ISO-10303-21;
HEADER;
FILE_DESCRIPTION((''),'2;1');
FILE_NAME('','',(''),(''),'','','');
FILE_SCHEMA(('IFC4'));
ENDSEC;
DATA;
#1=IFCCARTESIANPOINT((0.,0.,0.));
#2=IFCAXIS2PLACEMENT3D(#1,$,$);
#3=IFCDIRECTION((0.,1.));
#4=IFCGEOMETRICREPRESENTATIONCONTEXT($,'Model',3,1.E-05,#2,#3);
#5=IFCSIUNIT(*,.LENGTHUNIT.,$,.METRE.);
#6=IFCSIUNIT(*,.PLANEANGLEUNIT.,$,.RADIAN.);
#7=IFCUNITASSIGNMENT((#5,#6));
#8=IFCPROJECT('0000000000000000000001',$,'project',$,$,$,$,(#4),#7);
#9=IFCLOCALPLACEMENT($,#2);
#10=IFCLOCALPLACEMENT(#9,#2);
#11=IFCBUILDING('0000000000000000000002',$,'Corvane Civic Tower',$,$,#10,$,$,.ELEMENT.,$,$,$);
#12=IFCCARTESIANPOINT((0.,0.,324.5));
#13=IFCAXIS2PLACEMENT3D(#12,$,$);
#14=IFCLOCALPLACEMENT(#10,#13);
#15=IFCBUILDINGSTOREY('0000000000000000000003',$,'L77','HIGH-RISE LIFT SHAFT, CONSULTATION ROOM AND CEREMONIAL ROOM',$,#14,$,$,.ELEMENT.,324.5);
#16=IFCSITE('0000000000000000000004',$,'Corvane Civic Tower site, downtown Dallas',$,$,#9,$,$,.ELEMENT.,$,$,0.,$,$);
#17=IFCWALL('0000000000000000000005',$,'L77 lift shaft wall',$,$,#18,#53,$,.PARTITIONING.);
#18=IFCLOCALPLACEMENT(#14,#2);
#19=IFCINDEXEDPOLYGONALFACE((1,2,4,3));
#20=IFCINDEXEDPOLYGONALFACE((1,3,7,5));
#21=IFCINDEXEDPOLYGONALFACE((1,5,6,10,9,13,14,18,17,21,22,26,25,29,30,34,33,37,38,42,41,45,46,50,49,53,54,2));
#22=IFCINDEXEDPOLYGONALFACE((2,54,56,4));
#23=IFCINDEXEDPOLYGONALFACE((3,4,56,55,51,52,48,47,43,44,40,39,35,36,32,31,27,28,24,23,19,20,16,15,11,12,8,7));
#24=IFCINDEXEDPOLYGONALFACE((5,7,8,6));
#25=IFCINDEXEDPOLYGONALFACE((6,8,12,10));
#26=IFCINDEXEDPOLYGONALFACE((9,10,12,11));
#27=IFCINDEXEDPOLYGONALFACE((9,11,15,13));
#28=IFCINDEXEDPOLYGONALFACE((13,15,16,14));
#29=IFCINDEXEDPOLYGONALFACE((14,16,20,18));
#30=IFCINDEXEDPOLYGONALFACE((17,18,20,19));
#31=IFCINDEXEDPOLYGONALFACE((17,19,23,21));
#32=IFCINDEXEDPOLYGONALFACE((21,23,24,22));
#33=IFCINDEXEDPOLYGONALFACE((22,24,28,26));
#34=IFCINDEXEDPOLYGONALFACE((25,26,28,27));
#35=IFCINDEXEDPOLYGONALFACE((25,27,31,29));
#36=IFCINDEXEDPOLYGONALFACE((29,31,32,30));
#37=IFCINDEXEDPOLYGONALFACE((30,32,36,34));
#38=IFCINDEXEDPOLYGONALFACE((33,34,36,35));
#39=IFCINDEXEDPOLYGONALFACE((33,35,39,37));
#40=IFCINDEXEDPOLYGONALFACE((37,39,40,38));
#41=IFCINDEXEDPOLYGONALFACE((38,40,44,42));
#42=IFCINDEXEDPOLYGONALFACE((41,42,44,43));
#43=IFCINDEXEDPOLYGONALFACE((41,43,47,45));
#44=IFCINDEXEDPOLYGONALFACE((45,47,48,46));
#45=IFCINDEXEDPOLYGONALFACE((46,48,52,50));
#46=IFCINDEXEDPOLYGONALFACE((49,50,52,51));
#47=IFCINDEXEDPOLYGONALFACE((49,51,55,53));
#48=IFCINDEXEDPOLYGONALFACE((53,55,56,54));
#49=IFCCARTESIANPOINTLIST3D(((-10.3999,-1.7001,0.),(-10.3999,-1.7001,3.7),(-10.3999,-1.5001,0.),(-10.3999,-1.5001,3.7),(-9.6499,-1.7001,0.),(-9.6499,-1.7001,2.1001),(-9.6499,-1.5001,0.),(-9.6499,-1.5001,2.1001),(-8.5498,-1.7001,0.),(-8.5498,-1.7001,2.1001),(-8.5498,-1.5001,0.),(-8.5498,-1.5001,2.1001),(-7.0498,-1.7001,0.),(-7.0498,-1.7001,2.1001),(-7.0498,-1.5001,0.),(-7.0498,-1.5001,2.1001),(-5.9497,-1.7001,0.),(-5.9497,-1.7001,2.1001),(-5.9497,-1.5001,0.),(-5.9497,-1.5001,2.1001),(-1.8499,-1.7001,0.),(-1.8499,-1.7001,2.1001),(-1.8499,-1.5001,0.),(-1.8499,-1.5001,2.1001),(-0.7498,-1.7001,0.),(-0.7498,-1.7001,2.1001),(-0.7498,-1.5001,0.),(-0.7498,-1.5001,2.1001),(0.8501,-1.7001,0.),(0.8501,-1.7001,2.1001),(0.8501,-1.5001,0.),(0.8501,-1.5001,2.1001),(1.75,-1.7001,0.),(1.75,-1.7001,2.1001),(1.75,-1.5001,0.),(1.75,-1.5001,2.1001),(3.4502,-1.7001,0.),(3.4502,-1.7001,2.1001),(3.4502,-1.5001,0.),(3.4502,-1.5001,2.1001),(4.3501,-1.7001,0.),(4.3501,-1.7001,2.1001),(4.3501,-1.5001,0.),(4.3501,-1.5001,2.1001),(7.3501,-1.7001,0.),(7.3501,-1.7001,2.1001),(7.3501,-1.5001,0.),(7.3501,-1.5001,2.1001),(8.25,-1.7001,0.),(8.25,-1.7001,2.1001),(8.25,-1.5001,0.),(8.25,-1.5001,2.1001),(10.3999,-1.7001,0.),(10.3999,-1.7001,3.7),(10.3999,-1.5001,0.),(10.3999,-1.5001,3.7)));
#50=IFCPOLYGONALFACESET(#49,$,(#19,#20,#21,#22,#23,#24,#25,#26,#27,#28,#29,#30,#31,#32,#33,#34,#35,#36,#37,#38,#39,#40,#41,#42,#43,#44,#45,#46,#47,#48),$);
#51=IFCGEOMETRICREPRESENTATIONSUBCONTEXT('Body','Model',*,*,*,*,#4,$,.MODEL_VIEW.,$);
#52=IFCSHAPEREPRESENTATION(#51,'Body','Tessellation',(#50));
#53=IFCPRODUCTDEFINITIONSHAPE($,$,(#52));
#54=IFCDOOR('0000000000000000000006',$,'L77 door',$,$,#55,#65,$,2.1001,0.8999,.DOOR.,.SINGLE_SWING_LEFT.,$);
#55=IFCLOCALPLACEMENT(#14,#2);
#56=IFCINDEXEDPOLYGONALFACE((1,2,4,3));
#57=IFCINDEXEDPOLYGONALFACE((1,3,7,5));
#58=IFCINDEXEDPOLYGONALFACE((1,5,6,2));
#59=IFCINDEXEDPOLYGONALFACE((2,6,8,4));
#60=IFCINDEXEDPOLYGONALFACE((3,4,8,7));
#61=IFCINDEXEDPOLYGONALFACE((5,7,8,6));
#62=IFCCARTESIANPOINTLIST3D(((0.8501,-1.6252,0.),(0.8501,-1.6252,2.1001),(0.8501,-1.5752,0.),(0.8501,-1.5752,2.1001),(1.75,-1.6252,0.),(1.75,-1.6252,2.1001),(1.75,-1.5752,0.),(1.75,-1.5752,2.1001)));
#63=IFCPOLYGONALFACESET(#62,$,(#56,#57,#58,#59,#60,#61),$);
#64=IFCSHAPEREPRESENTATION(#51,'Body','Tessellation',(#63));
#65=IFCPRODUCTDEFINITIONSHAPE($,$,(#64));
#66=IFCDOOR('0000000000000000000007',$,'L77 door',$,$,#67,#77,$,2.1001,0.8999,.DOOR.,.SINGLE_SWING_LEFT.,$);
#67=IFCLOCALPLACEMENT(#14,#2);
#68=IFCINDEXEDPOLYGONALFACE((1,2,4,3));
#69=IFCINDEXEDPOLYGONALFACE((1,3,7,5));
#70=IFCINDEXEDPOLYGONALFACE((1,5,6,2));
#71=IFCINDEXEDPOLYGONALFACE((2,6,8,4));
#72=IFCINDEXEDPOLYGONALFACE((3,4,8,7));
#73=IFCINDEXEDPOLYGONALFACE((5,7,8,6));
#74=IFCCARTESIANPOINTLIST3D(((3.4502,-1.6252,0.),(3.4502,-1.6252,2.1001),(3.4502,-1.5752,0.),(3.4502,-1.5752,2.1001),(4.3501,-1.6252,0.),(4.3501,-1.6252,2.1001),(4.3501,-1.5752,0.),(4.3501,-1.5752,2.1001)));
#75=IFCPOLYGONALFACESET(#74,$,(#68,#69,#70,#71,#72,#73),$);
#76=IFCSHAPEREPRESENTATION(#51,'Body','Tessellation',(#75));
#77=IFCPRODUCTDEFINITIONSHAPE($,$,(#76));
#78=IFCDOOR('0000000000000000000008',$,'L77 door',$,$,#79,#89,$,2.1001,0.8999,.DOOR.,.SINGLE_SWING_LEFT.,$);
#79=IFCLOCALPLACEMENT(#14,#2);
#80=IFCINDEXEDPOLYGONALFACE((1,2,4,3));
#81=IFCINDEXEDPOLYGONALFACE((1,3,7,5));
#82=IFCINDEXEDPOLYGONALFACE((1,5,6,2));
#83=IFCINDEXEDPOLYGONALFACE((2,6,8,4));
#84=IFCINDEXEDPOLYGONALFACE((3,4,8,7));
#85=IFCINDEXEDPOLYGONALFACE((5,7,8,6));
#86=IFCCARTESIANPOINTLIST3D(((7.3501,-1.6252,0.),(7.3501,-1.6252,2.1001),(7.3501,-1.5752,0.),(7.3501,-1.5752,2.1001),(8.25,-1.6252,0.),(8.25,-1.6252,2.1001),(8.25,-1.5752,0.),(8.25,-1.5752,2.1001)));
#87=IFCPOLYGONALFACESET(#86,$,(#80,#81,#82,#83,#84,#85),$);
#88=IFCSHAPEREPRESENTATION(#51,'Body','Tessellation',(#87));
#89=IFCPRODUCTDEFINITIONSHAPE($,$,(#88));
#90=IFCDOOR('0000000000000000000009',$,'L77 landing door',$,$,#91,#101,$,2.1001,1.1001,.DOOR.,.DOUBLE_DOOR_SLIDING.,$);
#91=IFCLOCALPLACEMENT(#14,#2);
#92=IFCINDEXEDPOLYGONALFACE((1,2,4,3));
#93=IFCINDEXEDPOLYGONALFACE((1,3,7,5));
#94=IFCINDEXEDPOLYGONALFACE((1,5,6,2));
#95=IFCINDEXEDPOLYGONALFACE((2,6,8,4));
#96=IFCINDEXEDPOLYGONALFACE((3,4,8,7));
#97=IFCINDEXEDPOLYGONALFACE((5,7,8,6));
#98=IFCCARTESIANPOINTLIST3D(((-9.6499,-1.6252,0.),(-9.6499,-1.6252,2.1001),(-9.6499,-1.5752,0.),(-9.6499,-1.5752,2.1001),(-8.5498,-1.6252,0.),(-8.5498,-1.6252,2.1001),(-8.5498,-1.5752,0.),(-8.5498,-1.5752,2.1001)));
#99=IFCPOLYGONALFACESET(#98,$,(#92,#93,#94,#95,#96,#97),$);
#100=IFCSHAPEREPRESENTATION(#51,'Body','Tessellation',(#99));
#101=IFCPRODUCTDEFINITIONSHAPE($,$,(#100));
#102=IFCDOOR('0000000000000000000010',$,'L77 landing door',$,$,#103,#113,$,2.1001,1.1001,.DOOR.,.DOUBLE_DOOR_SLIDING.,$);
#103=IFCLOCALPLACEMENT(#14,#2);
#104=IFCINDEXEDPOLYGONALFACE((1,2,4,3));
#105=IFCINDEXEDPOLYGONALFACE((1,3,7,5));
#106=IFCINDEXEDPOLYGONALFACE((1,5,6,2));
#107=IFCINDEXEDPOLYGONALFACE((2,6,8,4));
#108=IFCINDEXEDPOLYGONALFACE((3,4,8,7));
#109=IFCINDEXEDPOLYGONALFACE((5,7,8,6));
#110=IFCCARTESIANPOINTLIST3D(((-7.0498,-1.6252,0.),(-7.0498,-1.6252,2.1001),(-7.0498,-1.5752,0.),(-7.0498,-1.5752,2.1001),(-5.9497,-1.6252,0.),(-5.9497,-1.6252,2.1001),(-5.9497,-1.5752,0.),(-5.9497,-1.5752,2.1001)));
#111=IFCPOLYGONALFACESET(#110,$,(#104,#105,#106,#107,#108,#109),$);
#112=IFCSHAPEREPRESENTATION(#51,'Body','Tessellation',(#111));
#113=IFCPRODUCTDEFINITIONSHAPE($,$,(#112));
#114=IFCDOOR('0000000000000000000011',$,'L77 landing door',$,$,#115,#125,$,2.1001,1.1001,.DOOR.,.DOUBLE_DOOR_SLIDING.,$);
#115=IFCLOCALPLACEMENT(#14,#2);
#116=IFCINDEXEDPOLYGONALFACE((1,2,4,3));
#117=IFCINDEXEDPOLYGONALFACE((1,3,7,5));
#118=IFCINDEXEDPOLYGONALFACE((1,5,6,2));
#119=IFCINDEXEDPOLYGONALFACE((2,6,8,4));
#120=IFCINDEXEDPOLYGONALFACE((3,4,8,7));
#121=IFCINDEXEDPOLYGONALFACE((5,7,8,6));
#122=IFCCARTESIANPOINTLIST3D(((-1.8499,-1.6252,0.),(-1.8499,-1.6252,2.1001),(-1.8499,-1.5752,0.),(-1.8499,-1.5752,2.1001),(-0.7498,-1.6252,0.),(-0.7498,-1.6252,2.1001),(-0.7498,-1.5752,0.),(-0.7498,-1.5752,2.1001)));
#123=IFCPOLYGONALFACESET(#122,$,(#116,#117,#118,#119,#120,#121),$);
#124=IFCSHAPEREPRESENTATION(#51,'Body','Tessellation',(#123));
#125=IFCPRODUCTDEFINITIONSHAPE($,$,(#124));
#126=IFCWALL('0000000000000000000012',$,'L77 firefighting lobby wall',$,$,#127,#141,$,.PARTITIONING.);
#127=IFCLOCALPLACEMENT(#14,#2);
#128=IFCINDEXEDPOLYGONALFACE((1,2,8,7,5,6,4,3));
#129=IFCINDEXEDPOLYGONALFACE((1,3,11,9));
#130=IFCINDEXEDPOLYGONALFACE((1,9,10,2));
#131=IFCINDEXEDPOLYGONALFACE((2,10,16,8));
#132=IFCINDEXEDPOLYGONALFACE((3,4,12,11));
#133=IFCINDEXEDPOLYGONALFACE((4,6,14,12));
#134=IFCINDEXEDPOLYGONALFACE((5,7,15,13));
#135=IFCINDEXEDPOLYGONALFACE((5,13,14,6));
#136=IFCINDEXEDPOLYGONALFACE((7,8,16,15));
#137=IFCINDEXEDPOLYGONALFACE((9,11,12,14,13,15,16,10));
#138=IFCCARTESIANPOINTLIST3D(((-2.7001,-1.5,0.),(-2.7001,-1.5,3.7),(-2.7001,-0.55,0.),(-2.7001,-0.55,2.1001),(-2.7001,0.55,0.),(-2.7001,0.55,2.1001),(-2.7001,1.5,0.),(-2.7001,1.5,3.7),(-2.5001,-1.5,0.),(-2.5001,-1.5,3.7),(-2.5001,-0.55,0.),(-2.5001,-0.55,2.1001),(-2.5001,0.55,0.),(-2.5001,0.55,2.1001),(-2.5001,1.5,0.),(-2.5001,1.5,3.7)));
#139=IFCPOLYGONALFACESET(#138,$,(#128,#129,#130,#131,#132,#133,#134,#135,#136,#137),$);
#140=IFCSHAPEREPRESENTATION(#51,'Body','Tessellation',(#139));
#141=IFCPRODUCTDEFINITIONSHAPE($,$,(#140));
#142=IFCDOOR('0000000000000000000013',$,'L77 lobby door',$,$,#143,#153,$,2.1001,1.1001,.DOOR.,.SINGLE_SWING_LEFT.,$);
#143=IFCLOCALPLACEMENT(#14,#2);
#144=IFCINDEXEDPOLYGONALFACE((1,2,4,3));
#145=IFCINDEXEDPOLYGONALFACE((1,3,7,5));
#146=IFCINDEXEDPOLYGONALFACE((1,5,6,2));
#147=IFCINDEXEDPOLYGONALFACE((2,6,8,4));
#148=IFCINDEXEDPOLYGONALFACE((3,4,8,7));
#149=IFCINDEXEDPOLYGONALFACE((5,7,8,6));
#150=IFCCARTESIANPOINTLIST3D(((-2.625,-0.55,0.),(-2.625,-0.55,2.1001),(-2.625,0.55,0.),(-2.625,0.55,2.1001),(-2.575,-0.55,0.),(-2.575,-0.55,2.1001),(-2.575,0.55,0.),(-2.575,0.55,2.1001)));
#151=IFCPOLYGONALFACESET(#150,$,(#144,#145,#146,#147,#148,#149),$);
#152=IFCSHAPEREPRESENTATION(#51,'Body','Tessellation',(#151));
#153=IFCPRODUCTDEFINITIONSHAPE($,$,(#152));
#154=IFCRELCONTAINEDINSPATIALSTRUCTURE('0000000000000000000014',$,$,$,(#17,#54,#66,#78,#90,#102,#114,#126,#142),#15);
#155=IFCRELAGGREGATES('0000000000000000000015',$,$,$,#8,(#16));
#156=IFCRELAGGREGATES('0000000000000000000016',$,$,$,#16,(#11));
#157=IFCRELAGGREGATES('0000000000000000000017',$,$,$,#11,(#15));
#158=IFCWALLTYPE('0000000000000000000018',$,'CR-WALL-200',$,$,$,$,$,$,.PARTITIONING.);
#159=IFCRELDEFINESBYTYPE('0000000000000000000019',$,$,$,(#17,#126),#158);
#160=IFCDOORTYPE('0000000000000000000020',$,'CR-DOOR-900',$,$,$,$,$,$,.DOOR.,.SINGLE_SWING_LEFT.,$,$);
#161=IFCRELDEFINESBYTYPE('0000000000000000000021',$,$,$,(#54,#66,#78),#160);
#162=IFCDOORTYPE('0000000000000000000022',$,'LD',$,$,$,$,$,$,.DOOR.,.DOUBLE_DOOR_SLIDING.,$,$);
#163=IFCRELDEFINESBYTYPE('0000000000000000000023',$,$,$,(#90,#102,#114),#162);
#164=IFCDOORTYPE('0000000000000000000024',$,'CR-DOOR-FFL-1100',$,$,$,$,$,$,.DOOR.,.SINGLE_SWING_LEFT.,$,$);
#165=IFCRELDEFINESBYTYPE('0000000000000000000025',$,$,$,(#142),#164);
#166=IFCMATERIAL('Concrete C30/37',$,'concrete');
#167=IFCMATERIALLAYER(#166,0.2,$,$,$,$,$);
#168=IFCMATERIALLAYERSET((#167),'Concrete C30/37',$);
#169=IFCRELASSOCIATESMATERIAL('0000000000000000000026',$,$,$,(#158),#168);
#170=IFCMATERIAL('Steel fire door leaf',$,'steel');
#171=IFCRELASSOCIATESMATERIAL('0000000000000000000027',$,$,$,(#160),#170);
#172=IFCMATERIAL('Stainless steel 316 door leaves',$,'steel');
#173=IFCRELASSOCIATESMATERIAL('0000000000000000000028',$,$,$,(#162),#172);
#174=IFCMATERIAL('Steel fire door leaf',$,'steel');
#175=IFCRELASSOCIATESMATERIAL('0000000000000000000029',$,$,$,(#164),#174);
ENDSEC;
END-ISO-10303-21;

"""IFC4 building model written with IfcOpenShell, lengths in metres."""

from ifc_helpers import new_model, si_unit, direction, frame, frame_2d, origin, place, context, subcontext, project, spatial, rectangle, extrude, material, layer, layer_set, type_object, element, fill, save


model = new_model("IFC4")

# Units and contexts
model_context = context("Model", 3, precision=1e-05, world=origin(), true_north=direction((0.0, 1.0)))
body_context = subcontext(model_context, "Body", "Model", "MODEL_VIEW")
ifc_project = project(units=[si_unit("LENGTHUNIT", "METRE"), si_unit("PLANEANGLEUNIT", "RADIAN")], contexts=[model_context])

# Site, building, storey
site_placement = place(None, origin())
site = spatial("IfcSite", under=ifc_project, at=site_placement, Name="Corvane Civic Tower site, downtown Dallas", CompositionType="ELEMENT", RefElevation=0.0)
building_placement = place(site_placement, origin())
building = spatial("IfcBuilding", under=site, at=building_placement, Name="Corvane Civic Tower", CompositionType="ELEMENT")
storey_placement = place(building_placement, frame((0.0, 0.0, 324.5)))
storey = spatial("IfcBuildingStorey", under=building, at=storey_placement, Name="L77", Description="HIGH-RISE LIFT SHAFT, CONSULTATION ROOM AND CEREMONIAL ROOM", CompositionType="ELEMENT", Elevation=324.5)

# Shared definitions
ifc_material_1 = material(Name="Concrete C30/37", Category="concrete")
ifc_layer_1 = layer(ifc_material_1, 0.2)
ifc_layer_set_1 = layer_set([ifc_layer_1], Name="Concrete C30/37")
wall_type_1 = type_object("IfcWallType", Name="CR-WALL-200", PredefinedType="PARTITIONING", material=ifc_layer_set_1)
ifc_material_2 = material(Name="Steel fire door leaf", Category="steel")
door_type_1 = type_object("IfcDoorType", Name="CR-DOOR-900", OperationType="SINGLE_SWING_LEFT", PredefinedType="DOOR", material=ifc_material_2)

# Wall, openings, doors
wall_1_placement = place(storey_placement, frame((-10.3999, -1.6001, 0.0), z_axis=(0.0, 0.0, 1.0), x_axis=(1.0, 0.0, 0.0)))
wall_1 = element("IfcWall", 1, at=wall_1_placement, inside=storey, type_object=wall_type_1, Name="L77 lift shaft wall", PredefinedType="PARTITIONING", context=body_context, shape_type="SweptSolid", body=[
    extrude(rectangle(XDim=20.7998, YDim=0.2, at=frame_2d((10.3999, 0.0))), origin(), (0.0, 0.0, 1.0), 3.7),
])
opening_1_placement = place(wall_1_placement, frame((0.75, 0.0, 0.0)))
opening_1 = element("IfcOpeningElement", 2, at=opening_1_placement, cuts=wall_1, PredefinedType="OPENING", context=body_context, shape_type="SweptSolid", body=[
    extrude(rectangle(XDim=1.1001, YDim=2.1001, at=frame_2d((0.55, 1.05))), frame((0.0, 0.1099, 0.0), z_axis=(0.0, -1.0, 0.0), x_axis=(1.0, 0.0, 0.0)), (0.0, 0.0, 1.0), 0.22),
])
opening_2_placement = place(wall_1_placement, frame((3.3501, 0.0, 0.0)))
opening_2 = element("IfcOpeningElement", 3, at=opening_2_placement, cuts=wall_1, PredefinedType="OPENING", context=body_context, shape_type="SweptSolid", body=[
    extrude(rectangle(XDim=1.1001, YDim=2.1001, at=frame_2d((0.55, 1.05))), frame((0.0, 0.1099, 0.0), z_axis=(0.0, -1.0, 0.0), x_axis=(1.0, 0.0, 0.0)), (0.0, 0.0, 1.0), 0.22),
])
opening_3_placement = place(wall_1_placement, frame((8.55, 0.0, 0.0)))
opening_3 = element("IfcOpeningElement", 4, at=opening_3_placement, cuts=wall_1, PredefinedType="OPENING", context=body_context, shape_type="SweptSolid", body=[
    extrude(rectangle(XDim=1.1001, YDim=2.1001, at=frame_2d((0.55, 1.05))), frame((0.0, 0.1099, 0.0), z_axis=(0.0, -1.0, 0.0), x_axis=(1.0, 0.0, 0.0)), (0.0, 0.0, 1.0), 0.22),
])
opening_4_placement = place(wall_1_placement, frame((11.25, 0.0, 0.0)))
opening_4 = element("IfcOpeningElement", 5, at=opening_4_placement, cuts=wall_1, PredefinedType="OPENING", context=body_context, shape_type="SweptSolid", body=[
    extrude(rectangle(XDim=0.8999, YDim=2.1001, at=frame_2d((0.45, 1.05))), frame((0.0, 0.1099, 0.0), z_axis=(0.0, -1.0, 0.0), x_axis=(1.0, 0.0, 0.0)), (0.0, 0.0, 1.0), 0.22),
])
opening_5_placement = place(wall_1_placement, frame((13.8501, 0.0, 0.0)))
opening_5 = element("IfcOpeningElement", 6, at=opening_5_placement, cuts=wall_1, PredefinedType="OPENING", context=body_context, shape_type="SweptSolid", body=[
    extrude(rectangle(XDim=0.8999, YDim=2.1001, at=frame_2d((0.45, 1.05))), frame((0.0, 0.1099, 0.0), z_axis=(0.0, -1.0, 0.0), x_axis=(1.0, 0.0, 0.0)), (0.0, 0.0, 1.0), 0.22),
])
opening_6_placement = place(wall_1_placement, frame((17.75, 0.0, 0.0)))
opening_6 = element("IfcOpeningElement", 7, at=opening_6_placement, cuts=wall_1, PredefinedType="OPENING", context=body_context, shape_type="SweptSolid", body=[
    extrude(rectangle(XDim=0.8999, YDim=2.1001, at=frame_2d((0.45, 1.05))), frame((0.0, 0.1099, 0.0), z_axis=(0.0, -1.0, 0.0), x_axis=(1.0, 0.0, 0.0)), (0.0, 0.0, 1.0), 0.22),
])
door_1_placement = place(opening_4_placement, origin())
door_1 = element("IfcDoor", 8, at=door_1_placement, inside=storey, type_object=door_type_1, Name="L77 door", OperationType="SINGLE_SWING_LEFT", OverallHeight=2.1001, OverallWidth=0.8999, PredefinedType="DOOR", context=body_context, shape_type="SweptSolid", body=[
    extrude(rectangle(XDim=0.8999, YDim=2.1001, at=frame_2d((0.45, 1.05))), frame((0.0, 0.0249, 0.0), z_axis=(0.0, -1.0, 0.0), x_axis=(1.0, 0.0, 0.0)), (0.0, 0.0, 1.0), 0.05),
])
fill(opening_4, door_1)
door_2_placement = place(opening_5_placement, origin())
door_2 = element("IfcDoor", 9, at=door_2_placement, inside=storey, type_object=door_type_1, Name="L77 door", OperationType="SINGLE_SWING_LEFT", OverallHeight=2.1001, OverallWidth=0.8999, PredefinedType="DOOR", context=body_context, shape_type="SweptSolid", body=[
    extrude(rectangle(XDim=0.8999, YDim=2.1001, at=frame_2d((0.45, 1.05))), frame((0.0, 0.0249, 0.0), z_axis=(0.0, -1.0, 0.0), x_axis=(1.0, 0.0, 0.0)), (0.0, 0.0, 1.0), 0.05),
])
fill(opening_5, door_2)
door_3_placement = place(opening_6_placement, origin())
door_3 = element("IfcDoor", 10, at=door_3_placement, inside=storey, type_object=door_type_1, Name="L77 door", OperationType="SINGLE_SWING_LEFT", OverallHeight=2.1001, OverallWidth=0.8999, PredefinedType="DOOR", context=body_context, shape_type="SweptSolid", body=[
    extrude(rectangle(XDim=0.8999, YDim=2.1001, at=frame_2d((0.45, 1.05))), frame((0.0, 0.0249, 0.0), z_axis=(0.0, -1.0, 0.0), x_axis=(1.0, 0.0, 0.0)), (0.0, 0.0, 1.0), 0.05),
])
fill(opening_6, door_3)
ifc_material_3 = material(Name="Stainless steel 316 door leaves", Category="steel")
door_type_2 = type_object("IfcDoorType", Name="LD", OperationType="DOUBLE_DOOR_SLIDING", PredefinedType="DOOR", material=ifc_material_3)
door_4_placement = place(opening_1_placement, origin())
door_4 = element("IfcDoor", 11, at=door_4_placement, inside=storey, type_object=door_type_2, Name="L77 landing door", OperationType="DOUBLE_DOOR_SLIDING", OverallHeight=2.1001, OverallWidth=1.1001, PredefinedType="DOOR", context=body_context, shape_type="SweptSolid", body=[
    extrude(rectangle(XDim=1.1001, YDim=2.1001, at=frame_2d((0.55, 1.05))), frame((0.0, 0.0249, 0.0), z_axis=(0.0, -1.0, 0.0), x_axis=(1.0, 0.0, 0.0)), (0.0, 0.0, 1.0), 0.05),
])
fill(opening_1, door_4)
door_5_placement = place(opening_2_placement, origin())
door_5 = element("IfcDoor", 12, at=door_5_placement, inside=storey, type_object=door_type_2, Name="L77 landing door", OperationType="DOUBLE_DOOR_SLIDING", OverallHeight=2.1001, OverallWidth=1.1001, PredefinedType="DOOR", context=body_context, shape_type="SweptSolid", body=[
    extrude(rectangle(XDim=1.1001, YDim=2.1001, at=frame_2d((0.55, 1.05))), frame((0.0, 0.0249, 0.0), z_axis=(0.0, -1.0, 0.0), x_axis=(1.0, 0.0, 0.0)), (0.0, 0.0, 1.0), 0.05),
])
fill(opening_2, door_5)
door_6_placement = place(opening_3_placement, origin())
door_6 = element("IfcDoor", 13, at=door_6_placement, inside=storey, type_object=door_type_2, Name="L77 landing door", OperationType="DOUBLE_DOOR_SLIDING", OverallHeight=2.1001, OverallWidth=1.1001, PredefinedType="DOOR", context=body_context, shape_type="SweptSolid", body=[
    extrude(rectangle(XDim=1.1001, YDim=2.1001, at=frame_2d((0.55, 1.05))), frame((0.0, 0.0249, 0.0), z_axis=(0.0, -1.0, 0.0), x_axis=(1.0, 0.0, 0.0)), (0.0, 0.0, 1.0), 0.05),
])
fill(opening_3, door_6)

# Wall, opening, door
wall_2_placement = place(storey_placement, frame((-2.6001, -1.5, 0.0), z_axis=(0.0, 0.0, 1.0), x_axis=(0.0, 1.0, 0.0)))
wall_2 = element("IfcWall", 14, at=wall_2_placement, inside=storey, type_object=wall_type_1, Name="L77 firefighting lobby wall", PredefinedType="PARTITIONING", context=body_context, shape_type="SweptSolid", body=[
    extrude(rectangle(XDim=3.0, YDim=0.2, at=frame_2d((1.5, 0.0))), origin(), (0.0, 0.0, 1.0), 3.7),
])
opening_7_placement = place(wall_2_placement, frame((0.95, 0.0, 0.0)))
opening_7 = element("IfcOpeningElement", 15, at=opening_7_placement, cuts=wall_2, PredefinedType="OPENING", context=body_context, shape_type="SweptSolid", body=[
    extrude(rectangle(XDim=1.1001, YDim=2.1001, at=frame_2d((0.55, 1.05))), frame((0.0, 0.1099, 0.0), z_axis=(0.0, -1.0, 0.0), x_axis=(1.0, 0.0, 0.0)), (0.0, 0.0, 1.0), 0.22),
])
ifc_material_4 = material(Name="Steel fire door leaf", Category="steel")
door_type_3 = type_object("IfcDoorType", Name="CR-DOOR-FFL-1100", OperationType="SINGLE_SWING_LEFT", PredefinedType="DOOR", material=ifc_material_4)
door_7_placement = place(opening_7_placement, origin())
door_7 = element("IfcDoor", 16, at=door_7_placement, inside=storey, type_object=door_type_3, Name="L77 lobby door", OperationType="SINGLE_SWING_LEFT", OverallHeight=2.1001, OverallWidth=1.1001, PredefinedType="DOOR", context=body_context, shape_type="SweptSolid", body=[
    extrude(rectangle(XDim=1.1001, YDim=2.1001, at=frame_2d((0.55, 1.05))), frame((0.0, 0.0249, 0.0), z_axis=(0.0, -1.0, 0.0), x_axis=(1.0, 0.0, 0.0)), (0.0, 0.0, 1.0), 0.05),
])
fill(opening_7, door_7)

save(model, "model.ifc")
